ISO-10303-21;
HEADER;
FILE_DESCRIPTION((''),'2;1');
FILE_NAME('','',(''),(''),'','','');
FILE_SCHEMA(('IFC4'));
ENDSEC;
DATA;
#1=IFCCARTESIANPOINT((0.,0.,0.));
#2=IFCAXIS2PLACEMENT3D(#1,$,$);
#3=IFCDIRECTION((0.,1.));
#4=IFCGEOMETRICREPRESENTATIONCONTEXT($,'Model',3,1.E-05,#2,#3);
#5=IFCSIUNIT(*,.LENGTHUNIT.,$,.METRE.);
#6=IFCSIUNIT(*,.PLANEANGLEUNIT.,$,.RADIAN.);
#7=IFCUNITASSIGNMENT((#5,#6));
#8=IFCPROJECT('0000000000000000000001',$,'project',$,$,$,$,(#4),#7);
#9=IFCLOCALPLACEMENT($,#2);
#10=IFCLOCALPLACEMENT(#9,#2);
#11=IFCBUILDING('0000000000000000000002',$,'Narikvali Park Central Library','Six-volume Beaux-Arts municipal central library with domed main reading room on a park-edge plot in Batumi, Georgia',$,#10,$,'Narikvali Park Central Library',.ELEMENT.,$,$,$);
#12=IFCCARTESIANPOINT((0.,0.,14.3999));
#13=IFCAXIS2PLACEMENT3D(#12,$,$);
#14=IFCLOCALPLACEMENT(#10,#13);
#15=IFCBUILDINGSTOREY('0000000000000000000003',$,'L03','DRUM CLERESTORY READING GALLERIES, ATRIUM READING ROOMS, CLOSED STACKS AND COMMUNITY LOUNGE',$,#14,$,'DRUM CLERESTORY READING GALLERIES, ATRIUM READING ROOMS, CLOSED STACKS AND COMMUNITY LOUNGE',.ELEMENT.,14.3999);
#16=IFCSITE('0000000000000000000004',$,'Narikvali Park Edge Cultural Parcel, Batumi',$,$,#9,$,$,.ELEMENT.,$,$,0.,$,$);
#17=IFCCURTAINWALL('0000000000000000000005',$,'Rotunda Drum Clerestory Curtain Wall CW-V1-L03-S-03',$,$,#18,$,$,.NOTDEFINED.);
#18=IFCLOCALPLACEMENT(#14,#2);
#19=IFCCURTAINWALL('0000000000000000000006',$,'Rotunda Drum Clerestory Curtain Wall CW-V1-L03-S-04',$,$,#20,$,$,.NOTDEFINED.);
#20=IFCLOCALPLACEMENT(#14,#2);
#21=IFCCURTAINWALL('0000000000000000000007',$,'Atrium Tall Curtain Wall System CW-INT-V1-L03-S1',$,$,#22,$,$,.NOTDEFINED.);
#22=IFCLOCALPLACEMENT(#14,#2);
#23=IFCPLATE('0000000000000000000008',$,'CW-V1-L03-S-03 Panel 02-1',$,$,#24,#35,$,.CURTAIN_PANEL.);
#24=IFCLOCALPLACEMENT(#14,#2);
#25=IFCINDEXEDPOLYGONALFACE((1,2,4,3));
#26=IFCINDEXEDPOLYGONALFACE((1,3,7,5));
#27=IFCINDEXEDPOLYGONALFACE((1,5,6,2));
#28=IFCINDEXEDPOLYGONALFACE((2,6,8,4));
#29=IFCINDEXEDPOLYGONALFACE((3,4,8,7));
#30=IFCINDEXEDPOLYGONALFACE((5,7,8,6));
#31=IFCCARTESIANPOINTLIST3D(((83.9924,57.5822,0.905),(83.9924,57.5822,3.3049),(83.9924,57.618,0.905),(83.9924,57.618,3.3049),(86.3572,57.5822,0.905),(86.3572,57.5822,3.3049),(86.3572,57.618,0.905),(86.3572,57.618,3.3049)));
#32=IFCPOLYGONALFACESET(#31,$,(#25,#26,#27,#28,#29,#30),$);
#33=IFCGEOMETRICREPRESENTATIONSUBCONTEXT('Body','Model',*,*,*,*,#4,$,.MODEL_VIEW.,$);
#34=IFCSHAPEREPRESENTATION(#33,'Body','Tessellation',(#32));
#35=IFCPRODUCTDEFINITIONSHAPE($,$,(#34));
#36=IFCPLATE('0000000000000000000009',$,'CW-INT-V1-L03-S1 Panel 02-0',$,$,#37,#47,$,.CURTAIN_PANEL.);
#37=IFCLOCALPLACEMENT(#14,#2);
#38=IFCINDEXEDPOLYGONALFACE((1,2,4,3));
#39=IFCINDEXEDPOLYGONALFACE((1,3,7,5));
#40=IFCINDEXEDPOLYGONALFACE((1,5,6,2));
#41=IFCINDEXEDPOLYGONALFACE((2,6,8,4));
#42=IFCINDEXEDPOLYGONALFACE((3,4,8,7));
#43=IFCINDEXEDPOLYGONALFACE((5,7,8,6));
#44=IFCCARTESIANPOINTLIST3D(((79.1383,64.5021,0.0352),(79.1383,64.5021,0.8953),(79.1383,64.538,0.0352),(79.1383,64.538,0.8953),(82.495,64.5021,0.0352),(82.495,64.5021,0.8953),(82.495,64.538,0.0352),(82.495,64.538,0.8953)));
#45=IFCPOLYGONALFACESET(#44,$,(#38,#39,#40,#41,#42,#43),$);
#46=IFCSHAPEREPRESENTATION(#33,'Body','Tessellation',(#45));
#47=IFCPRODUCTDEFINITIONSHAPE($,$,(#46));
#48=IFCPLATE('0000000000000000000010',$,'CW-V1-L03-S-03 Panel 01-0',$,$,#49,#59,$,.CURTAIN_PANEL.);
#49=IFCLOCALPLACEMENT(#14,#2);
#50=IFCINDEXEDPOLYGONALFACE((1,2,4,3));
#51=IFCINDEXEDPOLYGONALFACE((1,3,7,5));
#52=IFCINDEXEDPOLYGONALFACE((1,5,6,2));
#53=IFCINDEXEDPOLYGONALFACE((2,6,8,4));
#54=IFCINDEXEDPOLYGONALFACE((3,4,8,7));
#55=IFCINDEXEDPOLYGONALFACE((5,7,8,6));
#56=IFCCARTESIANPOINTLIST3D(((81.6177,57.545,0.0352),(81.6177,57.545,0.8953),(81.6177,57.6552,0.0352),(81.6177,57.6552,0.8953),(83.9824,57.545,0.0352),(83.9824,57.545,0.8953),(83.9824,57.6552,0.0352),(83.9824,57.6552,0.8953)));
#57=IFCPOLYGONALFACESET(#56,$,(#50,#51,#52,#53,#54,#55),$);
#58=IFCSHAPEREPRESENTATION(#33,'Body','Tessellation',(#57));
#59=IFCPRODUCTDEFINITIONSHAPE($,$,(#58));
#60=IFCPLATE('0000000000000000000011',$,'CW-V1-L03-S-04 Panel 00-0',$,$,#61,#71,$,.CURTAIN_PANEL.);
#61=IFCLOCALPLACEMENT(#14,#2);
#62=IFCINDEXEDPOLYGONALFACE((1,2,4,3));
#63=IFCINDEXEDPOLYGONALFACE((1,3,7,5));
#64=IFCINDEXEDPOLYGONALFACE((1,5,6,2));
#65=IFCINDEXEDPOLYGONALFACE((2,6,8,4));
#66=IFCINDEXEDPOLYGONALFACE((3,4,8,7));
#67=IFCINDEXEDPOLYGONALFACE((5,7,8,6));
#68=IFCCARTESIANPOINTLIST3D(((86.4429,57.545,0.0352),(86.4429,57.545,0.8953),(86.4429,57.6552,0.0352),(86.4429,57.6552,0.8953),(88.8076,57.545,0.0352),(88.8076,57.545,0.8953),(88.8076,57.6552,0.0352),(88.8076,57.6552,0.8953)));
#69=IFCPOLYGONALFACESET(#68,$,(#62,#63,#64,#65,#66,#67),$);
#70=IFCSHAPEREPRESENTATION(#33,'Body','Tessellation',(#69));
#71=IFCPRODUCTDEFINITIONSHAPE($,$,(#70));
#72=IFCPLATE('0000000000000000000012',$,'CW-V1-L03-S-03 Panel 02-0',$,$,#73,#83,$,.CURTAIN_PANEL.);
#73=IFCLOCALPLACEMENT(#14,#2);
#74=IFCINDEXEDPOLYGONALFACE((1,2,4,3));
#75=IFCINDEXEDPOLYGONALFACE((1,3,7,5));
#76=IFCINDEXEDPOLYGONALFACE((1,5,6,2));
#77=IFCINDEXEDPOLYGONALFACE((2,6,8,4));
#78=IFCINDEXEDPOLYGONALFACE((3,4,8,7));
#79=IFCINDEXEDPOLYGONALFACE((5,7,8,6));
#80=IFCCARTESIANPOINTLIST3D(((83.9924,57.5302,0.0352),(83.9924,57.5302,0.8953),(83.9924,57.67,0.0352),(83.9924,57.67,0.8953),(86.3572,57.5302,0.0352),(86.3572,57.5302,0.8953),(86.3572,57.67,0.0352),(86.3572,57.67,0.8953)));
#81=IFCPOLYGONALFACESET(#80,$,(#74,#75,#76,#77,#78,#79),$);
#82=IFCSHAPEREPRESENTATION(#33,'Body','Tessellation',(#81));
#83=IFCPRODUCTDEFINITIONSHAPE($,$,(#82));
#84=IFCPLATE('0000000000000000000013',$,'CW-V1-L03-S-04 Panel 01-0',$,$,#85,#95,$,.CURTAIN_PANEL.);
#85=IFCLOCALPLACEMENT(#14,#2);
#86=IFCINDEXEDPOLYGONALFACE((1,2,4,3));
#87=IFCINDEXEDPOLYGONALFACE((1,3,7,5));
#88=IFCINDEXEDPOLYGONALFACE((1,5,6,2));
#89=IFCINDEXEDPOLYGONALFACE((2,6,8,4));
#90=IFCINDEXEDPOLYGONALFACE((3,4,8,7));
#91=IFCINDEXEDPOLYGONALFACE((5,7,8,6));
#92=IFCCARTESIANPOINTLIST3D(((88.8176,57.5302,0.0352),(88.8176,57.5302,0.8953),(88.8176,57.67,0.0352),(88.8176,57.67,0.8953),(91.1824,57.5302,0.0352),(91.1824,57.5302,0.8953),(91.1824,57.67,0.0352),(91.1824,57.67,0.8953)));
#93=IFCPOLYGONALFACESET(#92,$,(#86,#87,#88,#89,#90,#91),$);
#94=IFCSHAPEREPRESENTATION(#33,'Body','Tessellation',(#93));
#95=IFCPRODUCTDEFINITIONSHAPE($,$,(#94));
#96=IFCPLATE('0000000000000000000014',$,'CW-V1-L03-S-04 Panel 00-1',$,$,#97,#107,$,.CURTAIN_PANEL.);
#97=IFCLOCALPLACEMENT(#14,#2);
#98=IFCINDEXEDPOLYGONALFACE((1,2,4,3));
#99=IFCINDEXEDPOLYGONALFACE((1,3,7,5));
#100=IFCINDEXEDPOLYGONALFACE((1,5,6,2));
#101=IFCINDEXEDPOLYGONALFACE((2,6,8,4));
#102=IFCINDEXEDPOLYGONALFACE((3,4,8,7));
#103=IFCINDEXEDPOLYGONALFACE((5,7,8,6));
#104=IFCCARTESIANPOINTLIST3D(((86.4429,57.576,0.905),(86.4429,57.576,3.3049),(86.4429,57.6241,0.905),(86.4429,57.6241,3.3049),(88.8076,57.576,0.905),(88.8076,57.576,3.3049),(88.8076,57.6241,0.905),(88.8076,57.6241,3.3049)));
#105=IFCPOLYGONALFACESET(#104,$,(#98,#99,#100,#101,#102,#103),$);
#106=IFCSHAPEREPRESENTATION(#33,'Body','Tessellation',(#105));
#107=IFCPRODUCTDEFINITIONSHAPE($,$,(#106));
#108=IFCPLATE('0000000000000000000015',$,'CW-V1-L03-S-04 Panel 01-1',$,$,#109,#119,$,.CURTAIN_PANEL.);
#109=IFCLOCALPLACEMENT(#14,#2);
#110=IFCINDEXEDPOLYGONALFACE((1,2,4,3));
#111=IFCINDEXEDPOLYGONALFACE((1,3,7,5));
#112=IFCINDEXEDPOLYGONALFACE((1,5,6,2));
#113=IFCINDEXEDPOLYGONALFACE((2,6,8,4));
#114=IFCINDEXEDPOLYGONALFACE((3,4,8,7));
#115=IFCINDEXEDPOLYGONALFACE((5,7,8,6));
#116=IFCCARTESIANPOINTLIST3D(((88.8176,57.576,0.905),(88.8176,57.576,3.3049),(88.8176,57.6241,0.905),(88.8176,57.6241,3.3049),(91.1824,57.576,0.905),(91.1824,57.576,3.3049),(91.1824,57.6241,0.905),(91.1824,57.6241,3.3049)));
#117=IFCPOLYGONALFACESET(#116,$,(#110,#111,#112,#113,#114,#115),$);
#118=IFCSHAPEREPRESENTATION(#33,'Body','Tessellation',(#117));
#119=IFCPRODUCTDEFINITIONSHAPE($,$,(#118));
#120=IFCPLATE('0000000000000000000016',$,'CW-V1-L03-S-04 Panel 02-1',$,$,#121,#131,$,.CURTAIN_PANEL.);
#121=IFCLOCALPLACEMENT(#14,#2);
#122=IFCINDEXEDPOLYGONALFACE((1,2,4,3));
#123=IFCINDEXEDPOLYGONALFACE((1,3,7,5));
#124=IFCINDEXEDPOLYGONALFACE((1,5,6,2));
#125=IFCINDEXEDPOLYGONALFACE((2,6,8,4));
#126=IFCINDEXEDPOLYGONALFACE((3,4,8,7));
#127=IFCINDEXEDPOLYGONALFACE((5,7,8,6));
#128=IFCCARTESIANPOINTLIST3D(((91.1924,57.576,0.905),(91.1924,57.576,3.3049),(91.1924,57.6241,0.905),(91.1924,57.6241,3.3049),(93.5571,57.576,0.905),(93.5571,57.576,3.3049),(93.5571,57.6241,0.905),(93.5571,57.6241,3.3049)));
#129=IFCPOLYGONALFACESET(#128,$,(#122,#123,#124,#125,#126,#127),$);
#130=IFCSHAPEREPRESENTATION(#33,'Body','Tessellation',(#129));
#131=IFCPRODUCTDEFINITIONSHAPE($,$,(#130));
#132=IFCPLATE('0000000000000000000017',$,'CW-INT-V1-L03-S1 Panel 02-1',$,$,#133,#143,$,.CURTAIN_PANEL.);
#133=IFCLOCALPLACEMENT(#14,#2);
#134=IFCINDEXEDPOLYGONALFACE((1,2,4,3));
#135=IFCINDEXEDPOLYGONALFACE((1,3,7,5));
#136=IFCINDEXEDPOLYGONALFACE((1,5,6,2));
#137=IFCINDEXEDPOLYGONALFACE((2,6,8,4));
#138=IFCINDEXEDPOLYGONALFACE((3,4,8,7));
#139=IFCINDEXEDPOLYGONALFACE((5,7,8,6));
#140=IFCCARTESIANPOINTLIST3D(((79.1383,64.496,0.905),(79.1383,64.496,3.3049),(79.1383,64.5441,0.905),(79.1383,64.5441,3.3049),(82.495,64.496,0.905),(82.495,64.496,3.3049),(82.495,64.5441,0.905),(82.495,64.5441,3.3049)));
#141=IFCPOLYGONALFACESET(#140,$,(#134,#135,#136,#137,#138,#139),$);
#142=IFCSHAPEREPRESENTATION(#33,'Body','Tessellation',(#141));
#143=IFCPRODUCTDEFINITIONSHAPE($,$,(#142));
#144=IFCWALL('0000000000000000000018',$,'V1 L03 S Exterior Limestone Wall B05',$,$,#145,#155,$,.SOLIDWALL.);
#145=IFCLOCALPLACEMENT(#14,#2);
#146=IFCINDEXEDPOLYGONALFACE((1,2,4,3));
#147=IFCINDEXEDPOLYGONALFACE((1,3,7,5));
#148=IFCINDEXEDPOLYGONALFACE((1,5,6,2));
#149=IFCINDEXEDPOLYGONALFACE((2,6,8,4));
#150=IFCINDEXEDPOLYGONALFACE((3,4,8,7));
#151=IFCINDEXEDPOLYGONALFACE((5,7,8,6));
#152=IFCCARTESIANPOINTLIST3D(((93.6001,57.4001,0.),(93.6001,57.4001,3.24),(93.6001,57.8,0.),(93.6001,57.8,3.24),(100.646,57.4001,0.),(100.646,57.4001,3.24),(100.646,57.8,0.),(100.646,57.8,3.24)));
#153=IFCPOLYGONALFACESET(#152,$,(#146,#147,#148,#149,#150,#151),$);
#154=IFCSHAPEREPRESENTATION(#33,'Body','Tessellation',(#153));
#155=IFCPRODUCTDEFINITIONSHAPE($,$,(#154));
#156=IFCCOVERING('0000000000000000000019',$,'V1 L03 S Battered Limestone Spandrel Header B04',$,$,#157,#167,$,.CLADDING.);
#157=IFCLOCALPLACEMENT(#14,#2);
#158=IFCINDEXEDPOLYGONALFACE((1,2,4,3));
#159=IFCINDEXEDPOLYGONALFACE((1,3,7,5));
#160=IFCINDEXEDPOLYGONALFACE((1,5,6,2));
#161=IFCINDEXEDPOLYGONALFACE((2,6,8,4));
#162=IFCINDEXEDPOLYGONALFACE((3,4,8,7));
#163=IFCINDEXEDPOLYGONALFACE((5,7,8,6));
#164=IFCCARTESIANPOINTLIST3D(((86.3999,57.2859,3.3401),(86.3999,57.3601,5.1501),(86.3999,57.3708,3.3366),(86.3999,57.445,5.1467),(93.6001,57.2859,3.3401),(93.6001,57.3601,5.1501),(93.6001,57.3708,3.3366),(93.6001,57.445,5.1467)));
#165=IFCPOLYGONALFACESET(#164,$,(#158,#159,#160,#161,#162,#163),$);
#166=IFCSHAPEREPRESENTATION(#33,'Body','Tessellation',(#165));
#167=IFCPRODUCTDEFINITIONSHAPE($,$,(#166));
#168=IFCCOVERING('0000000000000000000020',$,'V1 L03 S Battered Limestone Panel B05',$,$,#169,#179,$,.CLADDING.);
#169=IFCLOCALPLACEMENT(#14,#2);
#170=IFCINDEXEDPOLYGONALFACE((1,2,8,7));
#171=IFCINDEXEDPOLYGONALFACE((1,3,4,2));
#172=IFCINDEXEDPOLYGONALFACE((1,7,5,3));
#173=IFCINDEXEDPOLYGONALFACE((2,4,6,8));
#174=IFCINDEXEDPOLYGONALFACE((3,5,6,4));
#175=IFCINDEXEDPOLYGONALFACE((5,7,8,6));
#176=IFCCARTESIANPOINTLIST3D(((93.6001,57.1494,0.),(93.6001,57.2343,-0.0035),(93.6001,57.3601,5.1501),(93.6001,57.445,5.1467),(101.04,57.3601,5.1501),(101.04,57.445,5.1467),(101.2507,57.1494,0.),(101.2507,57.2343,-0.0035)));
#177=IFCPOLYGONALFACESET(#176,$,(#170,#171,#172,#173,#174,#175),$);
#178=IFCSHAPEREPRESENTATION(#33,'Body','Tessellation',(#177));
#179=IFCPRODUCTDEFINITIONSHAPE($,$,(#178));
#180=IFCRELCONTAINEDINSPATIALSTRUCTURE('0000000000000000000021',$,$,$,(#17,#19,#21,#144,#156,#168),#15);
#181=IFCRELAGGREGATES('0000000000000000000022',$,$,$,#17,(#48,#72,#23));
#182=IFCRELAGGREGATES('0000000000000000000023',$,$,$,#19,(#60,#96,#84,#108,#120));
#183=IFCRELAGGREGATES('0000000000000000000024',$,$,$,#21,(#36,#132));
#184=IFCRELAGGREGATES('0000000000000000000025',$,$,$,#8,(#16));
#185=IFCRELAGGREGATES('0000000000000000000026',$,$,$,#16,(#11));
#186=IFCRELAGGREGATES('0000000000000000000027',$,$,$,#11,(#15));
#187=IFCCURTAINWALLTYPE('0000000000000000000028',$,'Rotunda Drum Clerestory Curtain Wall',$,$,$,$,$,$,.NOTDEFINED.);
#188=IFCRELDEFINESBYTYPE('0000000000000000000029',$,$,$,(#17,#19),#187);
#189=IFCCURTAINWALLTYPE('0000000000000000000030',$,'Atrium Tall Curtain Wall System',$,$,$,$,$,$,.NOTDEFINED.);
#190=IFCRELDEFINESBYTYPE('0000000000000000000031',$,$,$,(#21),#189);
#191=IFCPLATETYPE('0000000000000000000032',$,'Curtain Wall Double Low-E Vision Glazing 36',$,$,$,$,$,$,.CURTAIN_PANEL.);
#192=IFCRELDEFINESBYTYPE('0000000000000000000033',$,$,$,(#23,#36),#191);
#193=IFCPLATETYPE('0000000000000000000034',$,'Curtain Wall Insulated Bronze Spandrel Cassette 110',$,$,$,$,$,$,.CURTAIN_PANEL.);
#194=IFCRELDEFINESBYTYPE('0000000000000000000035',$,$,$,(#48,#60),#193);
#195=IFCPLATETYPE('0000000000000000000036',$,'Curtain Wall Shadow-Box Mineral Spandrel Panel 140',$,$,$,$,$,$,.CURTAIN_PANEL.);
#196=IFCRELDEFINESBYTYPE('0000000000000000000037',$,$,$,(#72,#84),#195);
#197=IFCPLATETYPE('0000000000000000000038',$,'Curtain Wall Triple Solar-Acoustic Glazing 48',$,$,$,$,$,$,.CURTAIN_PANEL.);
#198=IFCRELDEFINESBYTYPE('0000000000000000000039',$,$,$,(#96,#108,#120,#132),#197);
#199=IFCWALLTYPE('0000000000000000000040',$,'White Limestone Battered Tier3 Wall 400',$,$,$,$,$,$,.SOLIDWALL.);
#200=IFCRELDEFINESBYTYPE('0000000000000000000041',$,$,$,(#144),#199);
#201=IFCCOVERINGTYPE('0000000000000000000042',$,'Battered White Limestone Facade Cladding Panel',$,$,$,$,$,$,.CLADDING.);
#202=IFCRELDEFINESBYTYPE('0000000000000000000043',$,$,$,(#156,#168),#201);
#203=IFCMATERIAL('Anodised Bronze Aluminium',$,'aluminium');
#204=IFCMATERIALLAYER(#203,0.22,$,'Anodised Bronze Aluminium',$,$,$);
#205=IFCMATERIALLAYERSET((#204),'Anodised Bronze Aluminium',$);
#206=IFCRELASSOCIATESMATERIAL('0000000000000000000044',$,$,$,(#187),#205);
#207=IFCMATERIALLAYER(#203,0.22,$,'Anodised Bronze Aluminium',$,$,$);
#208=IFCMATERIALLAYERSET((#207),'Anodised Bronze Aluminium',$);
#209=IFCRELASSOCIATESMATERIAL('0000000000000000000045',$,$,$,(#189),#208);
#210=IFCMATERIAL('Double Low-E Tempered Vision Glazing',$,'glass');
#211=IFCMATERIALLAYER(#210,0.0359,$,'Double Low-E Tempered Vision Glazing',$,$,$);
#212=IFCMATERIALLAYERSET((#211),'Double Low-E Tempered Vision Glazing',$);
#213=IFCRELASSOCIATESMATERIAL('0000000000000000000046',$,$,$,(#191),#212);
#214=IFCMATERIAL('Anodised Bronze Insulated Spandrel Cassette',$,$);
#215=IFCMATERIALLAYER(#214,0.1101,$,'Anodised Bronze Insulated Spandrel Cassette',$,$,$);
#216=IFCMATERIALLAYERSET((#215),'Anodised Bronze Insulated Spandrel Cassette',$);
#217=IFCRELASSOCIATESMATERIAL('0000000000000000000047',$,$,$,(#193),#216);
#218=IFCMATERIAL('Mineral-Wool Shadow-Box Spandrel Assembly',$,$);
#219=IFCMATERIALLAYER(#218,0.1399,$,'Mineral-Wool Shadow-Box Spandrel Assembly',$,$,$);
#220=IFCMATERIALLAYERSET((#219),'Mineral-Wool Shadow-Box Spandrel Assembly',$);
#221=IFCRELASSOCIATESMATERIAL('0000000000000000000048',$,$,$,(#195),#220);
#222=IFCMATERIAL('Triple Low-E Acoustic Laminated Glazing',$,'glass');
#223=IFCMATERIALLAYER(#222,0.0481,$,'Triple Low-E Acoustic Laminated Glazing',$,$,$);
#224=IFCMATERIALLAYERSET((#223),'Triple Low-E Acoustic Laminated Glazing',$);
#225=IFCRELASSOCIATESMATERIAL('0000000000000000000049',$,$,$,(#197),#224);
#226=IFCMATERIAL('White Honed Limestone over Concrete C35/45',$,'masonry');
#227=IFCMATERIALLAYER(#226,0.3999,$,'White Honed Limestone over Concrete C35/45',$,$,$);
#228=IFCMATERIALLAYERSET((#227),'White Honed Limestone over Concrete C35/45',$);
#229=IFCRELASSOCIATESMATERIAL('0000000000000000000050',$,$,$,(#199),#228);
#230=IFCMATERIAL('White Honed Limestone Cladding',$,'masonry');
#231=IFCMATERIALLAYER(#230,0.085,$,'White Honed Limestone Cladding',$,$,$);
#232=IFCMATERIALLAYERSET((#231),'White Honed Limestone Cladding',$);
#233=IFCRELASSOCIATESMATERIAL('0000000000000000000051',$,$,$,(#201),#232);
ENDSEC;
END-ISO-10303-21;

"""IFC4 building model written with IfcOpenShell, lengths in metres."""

from ifc_helpers import new_model, si_unit, direction, frame, frame_2d, origin, origin_2d, place, context, subcontext, project, spatial, polyline, rectangle, outline, extrude, material, layer, layer_set, type_object, element, aggregate, save


model = new_model("IFC4")

# Units and contexts
model_context = context("Model", 3, precision=1e-05, world=origin(), true_north=direction((0.0, 1.0)))
body_context = subcontext(model_context, "Body", "Model", "MODEL_VIEW")
ifc_project = project(units=[si_unit("LENGTHUNIT", "METRE"), si_unit("PLANEANGLEUNIT", "RADIAN")], contexts=[model_context])

# Site, building, storey
site_placement = place(None, origin())
site = spatial("IfcSite", under=ifc_project, at=site_placement, Name="Narikvali Park Edge Cultural Parcel, Batumi", CompositionType="ELEMENT", RefElevation=0.0)
building_placement = place(site_placement, origin())
building = spatial("IfcBuilding", under=site, at=building_placement, Name="Narikvali Park Central Library", Description="Six-volume Beaux-Arts municipal central library with domed main reading room on a park-edge plot in Batumi, Georgia", LongName="Narikvali Park Central Library", CompositionType="ELEMENT")
storey_placement = place(building_placement, frame((0.0, 0.0, 14.3999)))
storey = spatial("IfcBuildingStorey", under=building, at=storey_placement, Name="L03", Description="DRUM CLERESTORY READING GALLERIES, ATRIUM READING ROOMS, CLOSED STACKS AND COMMUNITY LOUNGE", LongName="DRUM CLERESTORY READING GALLERIES, ATRIUM READING ROOMS, CLOSED STACKS AND COMMUNITY LOUNGE", CompositionType="ELEMENT", Elevation=14.3999)

# Curtain wall
ifc_material_1 = material(Name="Anodised Bronze Aluminium", Category="aluminium")
ifc_layer_1 = layer(ifc_material_1, 0.22, Name="Anodised Bronze Aluminium")
ifc_layer_set_1 = layer_set([ifc_layer_1], Name="Anodised Bronze Aluminium")
curtain_wall_type_1 = type_object("IfcCurtainWallType", Name="Rotunda Drum Clerestory Curtain Wall", PredefinedType="NOTDEFINED", material=ifc_layer_set_1)
curtain_wall_1_placement = place(storey_placement, origin())
curtain_wall_1 = element("IfcCurtainWall", 1, at=curtain_wall_1_placement, inside=storey, type_object=curtain_wall_type_1, Name="Rotunda Drum Clerestory Curtain Wall CW-V1-L03-S-03", PredefinedType="NOTDEFINED")

# Curtain wall
curtain_wall_2_placement = place(storey_placement, origin())
curtain_wall_2 = element("IfcCurtainWall", 2, at=curtain_wall_2_placement, inside=storey, type_object=curtain_wall_type_1, Name="Rotunda Drum Clerestory Curtain Wall CW-V1-L03-S-04", PredefinedType="NOTDEFINED")

# Curtain wall
ifc_layer_2 = layer(ifc_material_1, 0.22, Name="Anodised Bronze Aluminium")
ifc_layer_set_2 = layer_set([ifc_layer_2], Name="Anodised Bronze Aluminium")
curtain_wall_type_2 = type_object("IfcCurtainWallType", Name="Atrium Tall Curtain Wall System", PredefinedType="NOTDEFINED", material=ifc_layer_set_2)
curtain_wall_3_placement = place(storey_placement, origin())
curtain_wall_3 = element("IfcCurtainWall", 3, at=curtain_wall_3_placement, inside=storey, type_object=curtain_wall_type_2, Name="Atrium Tall Curtain Wall System CW-INT-V1-L03-S1", PredefinedType="NOTDEFINED")

# Plates
ifc_material_2 = material(Name="Double Low-E Tempered Vision Glazing", Category="glass")
ifc_layer_3 = layer(ifc_material_2, 0.0359, Name="Double Low-E Tempered Vision Glazing")
ifc_layer_set_3 = layer_set([ifc_layer_3], Name="Double Low-E Tempered Vision Glazing")
plate_type_1 = type_object("IfcPlateType", Name="Curtain Wall Double Low-E Vision Glazing 36", PredefinedType="CURTAIN_PANEL", material=ifc_layer_set_3)
plate_1_placement = place(storey_placement, frame((85.1748, 57.6001, 0.905), z_axis=(0.0, 0.0, 1.0), x_axis=(1.0, 0.0, 0.0)))
plate_1 = element("IfcPlate", 4, at=plate_1_placement, type_object=plate_type_1, Name="CW-V1-L03-S-03 Panel 02-1", PredefinedType="CURTAIN_PANEL", context=body_context, shape_type="SweptSolid", body=[
    extrude(rectangle(XDim=2.3647, YDim=0.0359, at=origin_2d()), origin(), (0.0, 0.0, 1.0), 2.3999),
])
plate_2_placement = place(storey_placement, frame((80.8167, 64.52, 0.0352), z_axis=(0.0, 0.0, 1.0), x_axis=(1.0, 0.0, 0.0)))
plate_2 = element("IfcPlate", 5, at=plate_2_placement, type_object=plate_type_1, Name="CW-INT-V1-L03-S1 Panel 02-0", PredefinedType="CURTAIN_PANEL", context=body_context, shape_type="SweptSolid", body=[
    extrude(rectangle(XDim=3.3567, YDim=0.0359, at=origin_2d()), origin(), (0.0, 0.0, 1.0), 0.8601),
])
ifc_material_3 = material(Name="Anodised Bronze Insulated Spandrel Cassette")
ifc_layer_4 = layer(ifc_material_3, 0.1101, Name="Anodised Bronze Insulated Spandrel Cassette")
ifc_layer_set_4 = layer_set([ifc_layer_4], Name="Anodised Bronze Insulated Spandrel Cassette")
plate_type_2 = type_object("IfcPlateType", Name="Curtain Wall Insulated Bronze Spandrel Cassette 110", PredefinedType="CURTAIN_PANEL", material=ifc_layer_set_4)
plate_3_placement = place(storey_placement, frame((82.8, 57.6001, 0.0352), z_axis=(0.0, 0.0, 1.0), x_axis=(1.0, 0.0, 0.0)))
plate_3 = element("IfcPlate", 6, at=plate_3_placement, type_object=plate_type_2, Name="CW-V1-L03-S-03 Panel 01-0", PredefinedType="CURTAIN_PANEL", context=body_context, shape_type="SweptSolid", body=[
    extrude(rectangle(XDim=2.3647, YDim=0.1101, at=origin_2d()), origin(), (0.0, 0.0, 1.0), 0.8601),
])
plate_4_placement = place(storey_placement, frame((87.6252, 57.6001, 0.0352), z_axis=(0.0, 0.0, 1.0), x_axis=(1.0, 0.0, 0.0)))
plate_4 = element("IfcPlate", 7, at=plate_4_placement, type_object=plate_type_2, Name="CW-V1-L03-S-04 Panel 00-0", PredefinedType="CURTAIN_PANEL", context=body_context, shape_type="SweptSolid", body=[
    extrude(rectangle(XDim=2.3647, YDim=0.1101, at=origin_2d()), origin(), (0.0, 0.0, 1.0), 0.8601),
])
ifc_material_4 = material(Name="Mineral-Wool Shadow-Box Spandrel Assembly")
ifc_layer_5 = layer(ifc_material_4, 0.1399, Name="Mineral-Wool Shadow-Box Spandrel Assembly")
ifc_layer_set_5 = layer_set([ifc_layer_5], Name="Mineral-Wool Shadow-Box Spandrel Assembly")
plate_type_3 = type_object("IfcPlateType", Name="Curtain Wall Shadow-Box Mineral Spandrel Panel 140", PredefinedType="CURTAIN_PANEL", material=ifc_layer_set_5)
plate_5_placement = place(storey_placement, frame((85.1748, 57.6001, 0.0352), z_axis=(0.0, 0.0, 1.0), x_axis=(1.0, 0.0, 0.0)))
plate_5 = element("IfcPlate", 8, at=plate_5_placement, type_object=plate_type_3, Name="CW-V1-L03-S-03 Panel 02-0", PredefinedType="CURTAIN_PANEL", context=body_context, shape_type="SweptSolid", body=[
    extrude(rectangle(XDim=2.3647, YDim=0.1399, at=origin_2d()), origin(), (0.0, 0.0, 1.0), 0.8601),
])
aggregate(curtain_wall_1, [plate_3, plate_5, plate_1])
plate_6_placement = place(storey_placement, frame((90.0, 57.6001, 0.0352), z_axis=(0.0, 0.0, 1.0), x_axis=(1.0, 0.0, 0.0)))
plate_6 = element("IfcPlate", 9, at=plate_6_placement, type_object=plate_type_3, Name="CW-V1-L03-S-04 Panel 01-0", PredefinedType="CURTAIN_PANEL", context=body_context, shape_type="SweptSolid", body=[
    extrude(rectangle(XDim=2.3647, YDim=0.1399, at=origin_2d()), origin(), (0.0, 0.0, 1.0), 0.8601),
])
ifc_material_5 = material(Name="Triple Low-E Acoustic Laminated Glazing", Category="glass")
ifc_layer_6 = layer(ifc_material_5, 0.0481, Name="Triple Low-E Acoustic Laminated Glazing")
ifc_layer_set_6 = layer_set([ifc_layer_6], Name="Triple Low-E Acoustic Laminated Glazing")
plate_type_4 = type_object("IfcPlateType", Name="Curtain Wall Triple Solar-Acoustic Glazing 48", PredefinedType="CURTAIN_PANEL", material=ifc_layer_set_6)
plate_7_placement = place(storey_placement, frame((87.6252, 57.6001, 0.905), z_axis=(0.0, 0.0, 1.0), x_axis=(1.0, 0.0, 0.0)))
plate_7 = element("IfcPlate", 10, at=plate_7_placement, type_object=plate_type_4, Name="CW-V1-L03-S-04 Panel 00-1", PredefinedType="CURTAIN_PANEL", context=body_context, shape_type="SweptSolid", body=[
    extrude(rectangle(XDim=2.3647, YDim=0.0481, at=origin_2d()), origin(), (0.0, 0.0, 1.0), 2.3999),
])
plate_8_placement = place(storey_placement, frame((90.0, 57.6001, 0.905), z_axis=(0.0, 0.0, 1.0), x_axis=(1.0, 0.0, 0.0)))
plate_8 = element("IfcPlate", 11, at=plate_8_placement, type_object=plate_type_4, Name="CW-V1-L03-S-04 Panel 01-1", PredefinedType="CURTAIN_PANEL", context=body_context, shape_type="SweptSolid", body=[
    extrude(rectangle(XDim=2.3647, YDim=0.0481, at=origin_2d()), origin(), (0.0, 0.0, 1.0), 2.3999),
])
plate_9_placement = place(storey_placement, frame((92.3748, 57.6001, 0.905), z_axis=(0.0, 0.0, 1.0), x_axis=(1.0, 0.0, 0.0)))
plate_9 = element("IfcPlate", 12, at=plate_9_placement, type_object=plate_type_4, Name="CW-V1-L03-S-04 Panel 02-1", PredefinedType="CURTAIN_PANEL", context=body_context, shape_type="SweptSolid", body=[
    extrude(rectangle(XDim=2.3647, YDim=0.0481, at=origin_2d()), origin(), (0.0, 0.0, 1.0), 2.3999),
])
aggregate(curtain_wall_2, [plate_4, plate_7, plate_6, plate_8, plate_9])
plate_10_placement = place(storey_placement, frame((80.8167, 64.52, 0.905), z_axis=(0.0, 0.0, 1.0), x_axis=(1.0, 0.0, 0.0)))
plate_10 = element("IfcPlate", 13, at=plate_10_placement, type_object=plate_type_4, Name="CW-INT-V1-L03-S1 Panel 02-1", PredefinedType="CURTAIN_PANEL", context=body_context, shape_type="SweptSolid", body=[
    extrude(rectangle(XDim=3.3567, YDim=0.0481, at=origin_2d()), origin(), (0.0, 0.0, 1.0), 2.3999),
])
aggregate(curtain_wall_3, [plate_2, plate_10])

# Wall
ifc_material_6 = material(Name="White Honed Limestone over Concrete C35/45", Category="masonry")
ifc_layer_7 = layer(ifc_material_6, 0.3999, Name="White Honed Limestone over Concrete C35/45")
ifc_layer_set_7 = layer_set([ifc_layer_7], Name="White Honed Limestone over Concrete C35/45")
wall_type = type_object("IfcWallType", Name="White Limestone Battered Tier3 Wall 400", PredefinedType="SOLIDWALL", material=ifc_layer_set_7)
wall_placement = place(storey_placement, frame((93.6001, 57.6001, 0.0), z_axis=(0.0, 0.0, 1.0), x_axis=(1.0, 0.0, 0.0)))
element("IfcWall", 14, at=wall_placement, inside=storey, type_object=wall_type, Name="V1 L03 S Exterior Limestone Wall B05", PredefinedType="SOLIDWALL", context=body_context, shape_type="SweptSolid", body=[
    extrude(rectangle(XDim=7.0459, YDim=0.3999, at=frame_2d((3.5229, 0.0))), origin(), (0.0, 0.0, 1.0), 3.24),
])

# Coverings
ifc_material_7 = material(Name="White Honed Limestone Cladding", Category="masonry")
ifc_layer_8 = layer(ifc_material_7, 0.085, Name="White Honed Limestone Cladding")
ifc_layer_set_8 = layer_set([ifc_layer_8], Name="White Honed Limestone Cladding")
covering_type = type_object("IfcCoveringType", Name="Battered White Limestone Facade Cladding Panel", PredefinedType="CLADDING", material=ifc_layer_set_8)
covering_1_placement = place(storey_placement, frame((86.3999, 57.2859, 3.3401), z_axis=(0.0, -0.99916, 0.040969), x_axis=(1.0, 0.0, 0.0)))
element("IfcCovering", 15, at=covering_1_placement, inside=storey, type_object=covering_type, Name="V1 L03 S Battered Limestone Spandrel Header B04", PredefinedType="CLADDING", context=body_context, shape_type="SweptSolid", body=[
    extrude(outline(polyline([(0.0, 0.0), (7.2002, 0.0), (7.2002, 1.8116), (0.0, 1.8116), (0.0, 0.0)])), origin(), (0.0, 0.0, -1.0), 0.085),
])
covering_2_placement = place(storey_placement, frame((93.6001, 57.1494, 0.0), z_axis=(0.0, -0.999164, 0.040876), x_axis=(1.0, 0.0, 0.0)))
element("IfcCovering", 16, at=covering_2_placement, inside=storey, type_object=covering_type, Name="V1 L03 S Battered Limestone Panel B05", PredefinedType="CLADDING", context=body_context, shape_type="SweptSolid", body=[
    extrude(outline(polyline([(0.0, 0.0), (7.6506, 0.0), (7.4399, 5.1545), (0.0, 5.1545), (0.0, 0.0)])), origin(), (0.0, 0.0, -1.0), 0.085),
])

save(model, "model.ifc")
